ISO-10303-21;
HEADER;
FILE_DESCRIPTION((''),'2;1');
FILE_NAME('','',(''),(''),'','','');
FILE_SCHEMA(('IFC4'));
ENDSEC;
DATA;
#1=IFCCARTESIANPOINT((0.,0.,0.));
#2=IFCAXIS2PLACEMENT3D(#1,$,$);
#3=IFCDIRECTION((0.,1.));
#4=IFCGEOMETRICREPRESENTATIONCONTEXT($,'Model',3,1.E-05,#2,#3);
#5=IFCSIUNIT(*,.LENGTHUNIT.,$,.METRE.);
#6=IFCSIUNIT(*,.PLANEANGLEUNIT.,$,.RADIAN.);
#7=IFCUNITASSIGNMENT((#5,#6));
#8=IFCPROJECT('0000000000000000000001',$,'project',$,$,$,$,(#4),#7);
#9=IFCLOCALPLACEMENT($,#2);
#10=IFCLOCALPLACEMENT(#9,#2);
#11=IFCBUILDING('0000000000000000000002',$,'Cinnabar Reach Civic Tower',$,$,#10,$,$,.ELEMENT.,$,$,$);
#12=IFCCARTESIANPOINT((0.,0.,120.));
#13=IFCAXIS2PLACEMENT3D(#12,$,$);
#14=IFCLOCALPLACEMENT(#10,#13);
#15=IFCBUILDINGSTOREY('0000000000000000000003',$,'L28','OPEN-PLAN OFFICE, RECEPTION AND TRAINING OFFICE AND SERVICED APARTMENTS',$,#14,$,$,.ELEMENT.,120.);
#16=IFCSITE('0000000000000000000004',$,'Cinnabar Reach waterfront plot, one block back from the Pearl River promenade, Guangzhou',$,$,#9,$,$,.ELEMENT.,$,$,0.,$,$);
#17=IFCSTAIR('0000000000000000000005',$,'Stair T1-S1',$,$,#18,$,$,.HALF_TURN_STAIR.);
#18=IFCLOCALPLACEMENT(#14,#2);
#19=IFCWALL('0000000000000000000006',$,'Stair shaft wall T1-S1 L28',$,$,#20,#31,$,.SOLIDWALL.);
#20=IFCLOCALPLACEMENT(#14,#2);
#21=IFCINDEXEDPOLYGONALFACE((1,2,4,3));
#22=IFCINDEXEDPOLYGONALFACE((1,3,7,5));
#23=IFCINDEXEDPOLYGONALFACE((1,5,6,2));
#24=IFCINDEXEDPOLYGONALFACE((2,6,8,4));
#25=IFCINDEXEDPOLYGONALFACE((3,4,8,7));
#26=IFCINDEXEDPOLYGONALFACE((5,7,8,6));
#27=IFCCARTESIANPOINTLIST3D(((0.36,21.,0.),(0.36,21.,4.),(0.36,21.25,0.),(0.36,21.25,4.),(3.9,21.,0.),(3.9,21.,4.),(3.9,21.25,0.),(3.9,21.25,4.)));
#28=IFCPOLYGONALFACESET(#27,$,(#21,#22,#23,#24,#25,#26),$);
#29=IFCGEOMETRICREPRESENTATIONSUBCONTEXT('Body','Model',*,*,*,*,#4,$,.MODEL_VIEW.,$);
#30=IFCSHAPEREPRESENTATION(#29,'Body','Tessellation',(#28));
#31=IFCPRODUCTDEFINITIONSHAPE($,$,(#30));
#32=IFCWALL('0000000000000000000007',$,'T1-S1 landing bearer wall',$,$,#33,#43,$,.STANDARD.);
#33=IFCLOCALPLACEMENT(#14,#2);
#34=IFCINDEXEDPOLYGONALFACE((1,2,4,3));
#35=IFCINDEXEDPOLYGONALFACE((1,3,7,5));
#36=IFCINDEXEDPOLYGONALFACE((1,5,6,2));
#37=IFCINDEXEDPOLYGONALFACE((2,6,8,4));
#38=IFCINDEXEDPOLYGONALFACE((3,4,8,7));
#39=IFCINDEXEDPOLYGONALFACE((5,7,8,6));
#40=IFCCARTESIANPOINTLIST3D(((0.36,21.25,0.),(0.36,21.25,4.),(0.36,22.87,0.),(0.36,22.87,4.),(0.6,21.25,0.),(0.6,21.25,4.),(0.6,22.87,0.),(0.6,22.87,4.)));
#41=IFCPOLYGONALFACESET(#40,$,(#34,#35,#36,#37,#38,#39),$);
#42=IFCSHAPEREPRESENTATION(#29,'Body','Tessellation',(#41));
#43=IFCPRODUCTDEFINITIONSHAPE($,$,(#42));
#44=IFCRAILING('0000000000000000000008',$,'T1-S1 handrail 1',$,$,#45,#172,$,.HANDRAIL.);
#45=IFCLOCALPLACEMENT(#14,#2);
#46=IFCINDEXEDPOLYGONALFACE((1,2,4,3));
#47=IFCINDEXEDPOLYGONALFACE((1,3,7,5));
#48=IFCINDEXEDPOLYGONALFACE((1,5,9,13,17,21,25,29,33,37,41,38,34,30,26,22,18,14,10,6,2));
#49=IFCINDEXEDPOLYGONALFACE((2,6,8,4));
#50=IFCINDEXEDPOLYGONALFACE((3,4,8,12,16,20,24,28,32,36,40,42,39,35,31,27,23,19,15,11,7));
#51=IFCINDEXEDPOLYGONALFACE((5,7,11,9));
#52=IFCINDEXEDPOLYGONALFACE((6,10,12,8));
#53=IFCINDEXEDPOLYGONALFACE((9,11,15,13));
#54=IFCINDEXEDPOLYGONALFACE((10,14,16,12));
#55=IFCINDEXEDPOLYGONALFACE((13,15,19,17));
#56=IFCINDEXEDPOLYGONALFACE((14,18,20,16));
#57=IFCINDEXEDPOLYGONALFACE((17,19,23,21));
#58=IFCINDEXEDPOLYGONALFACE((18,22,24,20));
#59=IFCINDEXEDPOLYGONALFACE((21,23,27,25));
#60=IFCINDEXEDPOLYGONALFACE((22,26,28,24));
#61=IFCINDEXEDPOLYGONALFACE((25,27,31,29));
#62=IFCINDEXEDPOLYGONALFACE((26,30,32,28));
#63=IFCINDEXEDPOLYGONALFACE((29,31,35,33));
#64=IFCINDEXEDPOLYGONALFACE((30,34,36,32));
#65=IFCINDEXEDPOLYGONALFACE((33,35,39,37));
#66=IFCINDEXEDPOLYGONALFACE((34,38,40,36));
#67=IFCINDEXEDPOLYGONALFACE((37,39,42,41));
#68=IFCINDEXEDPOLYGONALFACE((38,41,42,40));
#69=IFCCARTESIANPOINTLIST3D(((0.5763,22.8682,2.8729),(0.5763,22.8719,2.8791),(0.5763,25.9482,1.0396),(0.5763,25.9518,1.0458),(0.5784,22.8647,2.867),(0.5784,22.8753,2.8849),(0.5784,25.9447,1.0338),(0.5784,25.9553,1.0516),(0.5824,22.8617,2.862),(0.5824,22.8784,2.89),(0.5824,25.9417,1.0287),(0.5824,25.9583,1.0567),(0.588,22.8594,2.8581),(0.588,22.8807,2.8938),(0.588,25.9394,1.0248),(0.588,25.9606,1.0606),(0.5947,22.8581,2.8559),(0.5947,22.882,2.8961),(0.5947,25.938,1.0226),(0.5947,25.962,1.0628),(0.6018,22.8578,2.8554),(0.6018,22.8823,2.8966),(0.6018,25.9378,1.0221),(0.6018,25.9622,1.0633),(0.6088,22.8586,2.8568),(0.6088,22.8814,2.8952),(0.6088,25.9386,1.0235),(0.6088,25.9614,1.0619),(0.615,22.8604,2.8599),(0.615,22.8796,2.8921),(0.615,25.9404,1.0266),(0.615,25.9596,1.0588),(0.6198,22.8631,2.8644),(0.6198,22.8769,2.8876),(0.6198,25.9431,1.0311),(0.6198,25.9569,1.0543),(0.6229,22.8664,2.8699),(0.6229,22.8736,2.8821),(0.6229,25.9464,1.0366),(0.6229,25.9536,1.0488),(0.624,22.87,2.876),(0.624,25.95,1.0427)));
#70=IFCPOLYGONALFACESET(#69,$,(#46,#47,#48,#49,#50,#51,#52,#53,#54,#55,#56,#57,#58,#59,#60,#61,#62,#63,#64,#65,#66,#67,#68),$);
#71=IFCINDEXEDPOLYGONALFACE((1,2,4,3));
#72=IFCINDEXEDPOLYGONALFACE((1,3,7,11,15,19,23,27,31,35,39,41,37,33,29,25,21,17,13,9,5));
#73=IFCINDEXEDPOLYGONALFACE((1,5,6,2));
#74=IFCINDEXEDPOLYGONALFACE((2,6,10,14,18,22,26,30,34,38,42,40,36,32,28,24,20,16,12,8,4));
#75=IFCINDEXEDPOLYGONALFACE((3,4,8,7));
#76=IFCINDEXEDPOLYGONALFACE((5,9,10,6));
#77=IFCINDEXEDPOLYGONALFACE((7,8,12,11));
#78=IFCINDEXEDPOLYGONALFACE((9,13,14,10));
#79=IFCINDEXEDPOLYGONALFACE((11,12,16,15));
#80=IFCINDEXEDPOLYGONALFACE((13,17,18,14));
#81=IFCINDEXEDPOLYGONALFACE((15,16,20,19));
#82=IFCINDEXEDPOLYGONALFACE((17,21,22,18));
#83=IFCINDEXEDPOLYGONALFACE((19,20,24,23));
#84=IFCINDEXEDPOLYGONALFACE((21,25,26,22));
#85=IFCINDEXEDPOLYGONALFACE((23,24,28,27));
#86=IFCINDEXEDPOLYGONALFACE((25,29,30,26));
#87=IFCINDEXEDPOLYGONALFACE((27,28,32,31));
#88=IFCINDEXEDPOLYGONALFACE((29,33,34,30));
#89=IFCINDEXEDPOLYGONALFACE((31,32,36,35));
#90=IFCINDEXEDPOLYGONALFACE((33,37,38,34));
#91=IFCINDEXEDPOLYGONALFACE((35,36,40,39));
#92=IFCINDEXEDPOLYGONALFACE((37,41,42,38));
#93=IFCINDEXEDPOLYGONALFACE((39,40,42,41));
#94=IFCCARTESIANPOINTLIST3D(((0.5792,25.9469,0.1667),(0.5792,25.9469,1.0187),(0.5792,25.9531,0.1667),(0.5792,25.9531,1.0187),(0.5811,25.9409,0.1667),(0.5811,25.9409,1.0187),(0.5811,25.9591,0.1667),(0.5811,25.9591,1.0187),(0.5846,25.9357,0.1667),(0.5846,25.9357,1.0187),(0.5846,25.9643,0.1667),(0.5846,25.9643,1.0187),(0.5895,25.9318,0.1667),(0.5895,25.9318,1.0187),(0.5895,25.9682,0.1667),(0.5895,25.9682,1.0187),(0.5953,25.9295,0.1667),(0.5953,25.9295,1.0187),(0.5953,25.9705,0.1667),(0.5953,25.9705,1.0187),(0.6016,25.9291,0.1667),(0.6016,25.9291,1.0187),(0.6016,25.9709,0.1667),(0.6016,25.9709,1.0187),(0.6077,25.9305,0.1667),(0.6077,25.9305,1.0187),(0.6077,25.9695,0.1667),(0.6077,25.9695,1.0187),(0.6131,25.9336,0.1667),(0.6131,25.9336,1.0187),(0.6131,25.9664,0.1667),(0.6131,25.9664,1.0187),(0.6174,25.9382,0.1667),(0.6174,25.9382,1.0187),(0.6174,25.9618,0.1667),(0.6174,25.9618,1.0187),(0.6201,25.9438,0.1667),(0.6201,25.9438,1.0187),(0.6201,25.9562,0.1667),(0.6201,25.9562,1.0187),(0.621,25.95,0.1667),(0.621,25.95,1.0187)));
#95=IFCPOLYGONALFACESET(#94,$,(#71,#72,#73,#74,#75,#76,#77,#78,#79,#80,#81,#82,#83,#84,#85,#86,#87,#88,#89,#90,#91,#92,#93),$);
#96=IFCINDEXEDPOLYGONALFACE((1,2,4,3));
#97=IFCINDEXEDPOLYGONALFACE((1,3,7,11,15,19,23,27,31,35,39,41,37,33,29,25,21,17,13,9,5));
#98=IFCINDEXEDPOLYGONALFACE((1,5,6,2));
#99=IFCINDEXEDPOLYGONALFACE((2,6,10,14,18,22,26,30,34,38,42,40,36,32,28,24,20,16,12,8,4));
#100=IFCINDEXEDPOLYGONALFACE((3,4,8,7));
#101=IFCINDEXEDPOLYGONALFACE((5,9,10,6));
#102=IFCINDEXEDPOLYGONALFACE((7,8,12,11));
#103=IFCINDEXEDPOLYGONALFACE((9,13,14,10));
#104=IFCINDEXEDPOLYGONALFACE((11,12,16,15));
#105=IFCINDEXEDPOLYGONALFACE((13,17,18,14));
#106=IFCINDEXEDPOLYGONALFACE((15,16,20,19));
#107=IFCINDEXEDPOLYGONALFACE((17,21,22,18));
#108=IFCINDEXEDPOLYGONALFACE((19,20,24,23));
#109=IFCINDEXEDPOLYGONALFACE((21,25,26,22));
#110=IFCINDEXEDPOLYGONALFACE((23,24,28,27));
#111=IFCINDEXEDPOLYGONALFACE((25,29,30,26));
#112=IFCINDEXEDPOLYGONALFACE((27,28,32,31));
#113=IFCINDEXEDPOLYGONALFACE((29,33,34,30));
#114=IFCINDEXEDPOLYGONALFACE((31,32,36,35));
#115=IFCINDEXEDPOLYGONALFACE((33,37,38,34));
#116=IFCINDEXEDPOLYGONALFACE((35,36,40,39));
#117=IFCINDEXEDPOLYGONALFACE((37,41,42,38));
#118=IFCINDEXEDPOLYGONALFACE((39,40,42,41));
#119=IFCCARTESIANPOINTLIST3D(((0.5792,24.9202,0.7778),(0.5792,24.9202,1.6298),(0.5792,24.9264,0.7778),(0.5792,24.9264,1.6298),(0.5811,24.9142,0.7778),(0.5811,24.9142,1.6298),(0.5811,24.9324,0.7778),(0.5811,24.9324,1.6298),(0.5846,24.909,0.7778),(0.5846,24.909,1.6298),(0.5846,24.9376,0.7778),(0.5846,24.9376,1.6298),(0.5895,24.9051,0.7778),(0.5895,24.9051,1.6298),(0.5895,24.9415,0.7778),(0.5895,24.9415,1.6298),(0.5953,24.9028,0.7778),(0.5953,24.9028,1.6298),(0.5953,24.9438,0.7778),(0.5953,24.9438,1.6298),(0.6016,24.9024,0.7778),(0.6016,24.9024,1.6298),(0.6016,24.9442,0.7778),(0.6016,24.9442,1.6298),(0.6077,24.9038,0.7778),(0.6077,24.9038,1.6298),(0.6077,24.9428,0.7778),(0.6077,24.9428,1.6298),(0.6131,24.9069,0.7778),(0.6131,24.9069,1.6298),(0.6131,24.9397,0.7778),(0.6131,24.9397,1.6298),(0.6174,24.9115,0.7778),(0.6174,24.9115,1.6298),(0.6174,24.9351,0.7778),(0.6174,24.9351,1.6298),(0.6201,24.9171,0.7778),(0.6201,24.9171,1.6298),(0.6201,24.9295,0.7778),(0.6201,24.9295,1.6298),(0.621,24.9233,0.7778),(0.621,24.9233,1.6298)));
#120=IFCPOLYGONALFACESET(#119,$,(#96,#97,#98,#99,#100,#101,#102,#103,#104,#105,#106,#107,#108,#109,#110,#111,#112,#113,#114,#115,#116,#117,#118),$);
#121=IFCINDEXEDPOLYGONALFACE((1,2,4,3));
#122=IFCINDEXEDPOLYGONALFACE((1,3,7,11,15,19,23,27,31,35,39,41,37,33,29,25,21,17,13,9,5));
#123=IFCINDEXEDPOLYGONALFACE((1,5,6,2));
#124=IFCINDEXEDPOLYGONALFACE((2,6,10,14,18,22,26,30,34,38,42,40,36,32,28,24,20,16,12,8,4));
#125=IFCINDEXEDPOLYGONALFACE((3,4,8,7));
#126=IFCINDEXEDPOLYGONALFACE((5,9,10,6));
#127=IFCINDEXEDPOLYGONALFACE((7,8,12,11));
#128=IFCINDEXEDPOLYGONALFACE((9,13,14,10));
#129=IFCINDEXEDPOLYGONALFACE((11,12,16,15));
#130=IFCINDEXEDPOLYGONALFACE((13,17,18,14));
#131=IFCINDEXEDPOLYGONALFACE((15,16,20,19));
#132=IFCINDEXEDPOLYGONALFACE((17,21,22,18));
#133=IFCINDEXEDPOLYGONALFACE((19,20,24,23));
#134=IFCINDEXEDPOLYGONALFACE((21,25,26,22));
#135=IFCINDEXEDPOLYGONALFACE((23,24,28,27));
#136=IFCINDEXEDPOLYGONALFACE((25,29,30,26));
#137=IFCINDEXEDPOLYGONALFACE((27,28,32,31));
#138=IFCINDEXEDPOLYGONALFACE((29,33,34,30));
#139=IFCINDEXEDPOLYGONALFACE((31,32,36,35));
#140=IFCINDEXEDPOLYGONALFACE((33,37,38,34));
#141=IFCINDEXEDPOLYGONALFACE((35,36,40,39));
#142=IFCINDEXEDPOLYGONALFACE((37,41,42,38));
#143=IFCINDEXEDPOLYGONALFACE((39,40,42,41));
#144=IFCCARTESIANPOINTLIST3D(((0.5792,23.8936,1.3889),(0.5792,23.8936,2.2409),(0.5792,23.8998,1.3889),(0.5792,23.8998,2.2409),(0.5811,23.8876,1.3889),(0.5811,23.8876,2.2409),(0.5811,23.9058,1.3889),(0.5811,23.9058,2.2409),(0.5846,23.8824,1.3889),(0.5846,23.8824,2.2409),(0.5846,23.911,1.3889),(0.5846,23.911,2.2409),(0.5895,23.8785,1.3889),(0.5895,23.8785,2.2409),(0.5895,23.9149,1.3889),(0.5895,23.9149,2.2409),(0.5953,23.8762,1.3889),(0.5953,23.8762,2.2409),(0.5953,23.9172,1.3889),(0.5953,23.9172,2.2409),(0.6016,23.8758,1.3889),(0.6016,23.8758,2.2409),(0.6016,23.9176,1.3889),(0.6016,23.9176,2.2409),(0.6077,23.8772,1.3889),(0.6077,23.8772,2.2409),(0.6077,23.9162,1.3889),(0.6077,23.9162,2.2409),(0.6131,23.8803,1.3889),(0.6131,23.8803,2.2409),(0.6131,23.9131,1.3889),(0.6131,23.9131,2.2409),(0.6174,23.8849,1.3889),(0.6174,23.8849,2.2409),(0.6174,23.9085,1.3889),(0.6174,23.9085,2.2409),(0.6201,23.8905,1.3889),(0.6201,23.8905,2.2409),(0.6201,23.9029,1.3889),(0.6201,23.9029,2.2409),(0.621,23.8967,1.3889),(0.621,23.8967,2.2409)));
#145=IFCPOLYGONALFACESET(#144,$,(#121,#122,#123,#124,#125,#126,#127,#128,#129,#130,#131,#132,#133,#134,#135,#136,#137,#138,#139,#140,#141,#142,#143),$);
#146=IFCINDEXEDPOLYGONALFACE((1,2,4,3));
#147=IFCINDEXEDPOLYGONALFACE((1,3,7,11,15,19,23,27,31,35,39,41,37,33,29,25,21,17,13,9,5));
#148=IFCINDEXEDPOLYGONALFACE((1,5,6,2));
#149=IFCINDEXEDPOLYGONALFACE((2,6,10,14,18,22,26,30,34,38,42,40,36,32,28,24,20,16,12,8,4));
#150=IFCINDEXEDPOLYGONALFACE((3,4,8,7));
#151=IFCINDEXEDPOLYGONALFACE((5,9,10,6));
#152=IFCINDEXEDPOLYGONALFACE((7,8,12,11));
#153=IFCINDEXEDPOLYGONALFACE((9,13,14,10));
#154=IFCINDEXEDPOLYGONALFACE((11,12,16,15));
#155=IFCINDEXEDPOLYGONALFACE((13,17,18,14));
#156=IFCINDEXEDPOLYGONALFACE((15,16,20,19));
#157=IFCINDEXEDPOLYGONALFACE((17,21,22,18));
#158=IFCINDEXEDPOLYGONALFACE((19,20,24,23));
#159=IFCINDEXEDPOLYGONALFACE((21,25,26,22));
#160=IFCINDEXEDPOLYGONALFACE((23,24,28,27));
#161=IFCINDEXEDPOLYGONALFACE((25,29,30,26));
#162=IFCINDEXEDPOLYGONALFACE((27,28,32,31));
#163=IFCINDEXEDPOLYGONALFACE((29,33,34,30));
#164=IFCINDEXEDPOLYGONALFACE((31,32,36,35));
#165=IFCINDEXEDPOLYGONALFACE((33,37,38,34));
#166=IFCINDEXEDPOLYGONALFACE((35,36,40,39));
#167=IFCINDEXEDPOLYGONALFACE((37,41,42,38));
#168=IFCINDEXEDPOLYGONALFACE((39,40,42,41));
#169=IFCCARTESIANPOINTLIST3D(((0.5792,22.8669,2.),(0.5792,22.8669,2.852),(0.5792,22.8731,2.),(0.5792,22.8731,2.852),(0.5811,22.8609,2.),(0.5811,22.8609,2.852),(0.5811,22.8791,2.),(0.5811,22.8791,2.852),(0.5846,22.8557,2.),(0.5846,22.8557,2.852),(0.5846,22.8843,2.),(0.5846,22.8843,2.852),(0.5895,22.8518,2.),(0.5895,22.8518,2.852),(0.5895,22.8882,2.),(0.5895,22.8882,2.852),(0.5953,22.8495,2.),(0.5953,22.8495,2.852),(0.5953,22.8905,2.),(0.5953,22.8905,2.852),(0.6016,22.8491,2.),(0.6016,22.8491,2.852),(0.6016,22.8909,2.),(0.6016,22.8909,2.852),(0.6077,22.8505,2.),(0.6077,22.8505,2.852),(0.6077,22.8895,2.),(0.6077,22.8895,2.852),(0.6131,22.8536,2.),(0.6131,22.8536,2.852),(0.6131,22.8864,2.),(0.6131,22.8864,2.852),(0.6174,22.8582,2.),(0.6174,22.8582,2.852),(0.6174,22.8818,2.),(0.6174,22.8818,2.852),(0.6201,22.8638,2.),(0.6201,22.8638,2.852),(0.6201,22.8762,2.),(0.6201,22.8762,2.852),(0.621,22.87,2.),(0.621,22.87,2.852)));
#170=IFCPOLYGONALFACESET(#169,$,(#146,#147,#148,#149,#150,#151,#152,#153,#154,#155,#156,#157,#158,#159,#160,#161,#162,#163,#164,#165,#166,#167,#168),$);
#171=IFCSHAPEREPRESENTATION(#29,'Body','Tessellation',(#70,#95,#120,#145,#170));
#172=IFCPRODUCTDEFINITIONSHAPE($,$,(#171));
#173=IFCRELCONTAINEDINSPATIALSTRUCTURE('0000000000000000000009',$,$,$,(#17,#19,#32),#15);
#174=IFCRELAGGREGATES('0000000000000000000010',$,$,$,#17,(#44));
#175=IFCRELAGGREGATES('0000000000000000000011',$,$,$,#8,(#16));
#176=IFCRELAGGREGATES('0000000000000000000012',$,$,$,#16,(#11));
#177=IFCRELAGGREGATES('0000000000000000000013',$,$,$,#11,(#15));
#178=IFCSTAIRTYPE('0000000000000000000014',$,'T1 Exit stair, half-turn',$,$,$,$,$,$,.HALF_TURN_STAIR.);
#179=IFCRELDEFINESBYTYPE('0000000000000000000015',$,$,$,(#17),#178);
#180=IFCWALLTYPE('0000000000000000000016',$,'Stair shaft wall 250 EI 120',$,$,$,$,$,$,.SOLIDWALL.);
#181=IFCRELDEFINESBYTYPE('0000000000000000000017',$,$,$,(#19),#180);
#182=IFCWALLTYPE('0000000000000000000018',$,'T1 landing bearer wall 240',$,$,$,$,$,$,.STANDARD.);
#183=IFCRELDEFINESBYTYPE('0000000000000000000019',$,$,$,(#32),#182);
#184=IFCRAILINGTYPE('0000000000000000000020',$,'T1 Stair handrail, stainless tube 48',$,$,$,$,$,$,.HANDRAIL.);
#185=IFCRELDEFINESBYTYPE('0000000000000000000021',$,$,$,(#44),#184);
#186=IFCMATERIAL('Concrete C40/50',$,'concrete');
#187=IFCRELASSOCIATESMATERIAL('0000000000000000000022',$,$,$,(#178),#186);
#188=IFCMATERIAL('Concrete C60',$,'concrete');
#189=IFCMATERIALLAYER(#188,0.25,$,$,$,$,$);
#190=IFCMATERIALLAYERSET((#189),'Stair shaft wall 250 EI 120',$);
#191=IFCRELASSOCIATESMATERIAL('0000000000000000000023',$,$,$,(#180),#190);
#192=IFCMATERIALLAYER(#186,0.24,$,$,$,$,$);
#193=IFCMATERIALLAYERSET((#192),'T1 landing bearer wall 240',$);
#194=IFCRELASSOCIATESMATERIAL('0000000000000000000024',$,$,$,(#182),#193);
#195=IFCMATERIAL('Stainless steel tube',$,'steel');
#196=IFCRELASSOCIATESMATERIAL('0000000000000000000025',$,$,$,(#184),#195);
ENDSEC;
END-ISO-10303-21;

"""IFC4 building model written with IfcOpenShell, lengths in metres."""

from ifc_helpers import new_model, si_unit, direction, frame, frame_2d, origin, origin_2d, place, context, subcontext, project, spatial, rectangle, circle, extrude, material, layer, layer_set, type_object, element, aggregate, save


model = new_model("IFC4")

# Units and contexts
model_context = context("Model", 3, precision=1e-05, world=origin(), true_north=direction((0.0, 1.0)))
body_context = subcontext(model_context, "Body", "Model", "MODEL_VIEW")
ifc_project = project(units=[si_unit("LENGTHUNIT", "METRE"), si_unit("PLANEANGLEUNIT", "RADIAN")], contexts=[model_context])

# Site, building, storey
site_placement = place(None, origin())
site = spatial("IfcSite", under=ifc_project, at=site_placement, Name="Cinnabar Reach waterfront plot, one block back from the Pearl River promenade, Guangzhou", CompositionType="ELEMENT", RefElevation=0.0)
building_placement = place(site_placement, origin())
building = spatial("IfcBuilding", under=site, at=building_placement, Name="Cinnabar Reach Civic Tower", CompositionType="ELEMENT")
storey_placement = place(building_placement, frame((0.0, 0.0, 120.0)))
storey = spatial("IfcBuildingStorey", under=building, at=storey_placement, Name="L28", Description="OPEN-PLAN OFFICE, RECEPTION AND TRAINING OFFICE AND SERVICED APARTMENTS", CompositionType="ELEMENT", Elevation=120.0)

# Stair
ifc_material_1 = material(Name="Concrete C40/50", Category="concrete")
stair_type_1 = type_object("IfcStairType", Name="T1 Exit stair, half-turn", PredefinedType="HALF_TURN_STAIR", material=ifc_material_1)
stair_1_placement = place(storey_placement, origin())
stair_1 = element("IfcStair", 1, at=stair_1_placement, inside=storey, type_object=stair_type_1, Name="Stair T1-S1", PredefinedType="HALF_TURN_STAIR")

# Walls
ifc_material_2 = material(Name="Concrete C60", Category="concrete")
ifc_layer_1 = layer(ifc_material_2, 0.25)
ifc_layer_set_1 = layer_set([ifc_layer_1], Name="Stair shaft wall 250 EI 120")
wall_type_1 = type_object("IfcWallType", Name="Stair shaft wall 250 EI 120", PredefinedType="SOLIDWALL", material=ifc_layer_set_1)
wall_1_placement = place(storey_placement, frame((0.36, 21.125, 0.0), z_axis=(0.0, 0.0, 1.0), x_axis=(1.0, 0.0, 0.0)))
element("IfcWall", 2, at=wall_1_placement, inside=storey, type_object=wall_type_1, Name="Stair shaft wall T1-S1 L28", PredefinedType="SOLIDWALL", context=body_context, shape_type="SweptSolid", body=[
    extrude(rectangle(XDim=3.54, YDim=0.25, at=frame_2d((1.77, 0.0))), origin(), (0.0, 0.0, 1.0), 4.0),
])
ifc_layer_2 = layer(ifc_material_1, 0.24)
ifc_layer_set_2 = layer_set([ifc_layer_2], Name="T1 landing bearer wall 240")
wall_type_2 = type_object("IfcWallType", Name="T1 landing bearer wall 240", PredefinedType="STANDARD", material=ifc_layer_set_2)
wall_2_placement = place(storey_placement, frame((0.48, 21.25, 0.0), z_axis=(0.0, 0.0, 1.0), x_axis=(0.0, 1.0, 0.0)))
element("IfcWall", 3, at=wall_2_placement, inside=storey, type_object=wall_type_2, Name="T1-S1 landing bearer wall", PredefinedType="STANDARD", context=body_context, shape_type="SweptSolid", body=[
    extrude(rectangle(XDim=1.62, YDim=0.24, at=frame_2d((0.81, 0.0))), origin(), (0.0, 0.0, 1.0), 4.0),
])

# Railing
ifc_material_3 = material(Name="Stainless steel tube", Category="steel")
railing_type_1 = type_object("IfcRailingType", Name="T1 Stair handrail, stainless tube 48", PredefinedType="HANDRAIL", material=ifc_material_3)
railing_placement = place(storey_placement, frame((0.6, 25.95, 0.1667)))
railing = element("IfcRailing", 4, at=railing_placement, type_object=railing_type_1, Name="T1-S1 handrail 1", PredefinedType="HANDRAIL", context=body_context, shape_type="SweptSolid", body=[
    extrude(circle(Radius=0.024, at=origin_2d()), frame((0.0, 0.0, 0.876), z_axis=(0.0, -0.859297, 0.511477), x_axis=(1.0, 0.0, 0.0)), (0.0, 0.0, 1.0), 3.5843),
    extrude(circle(Radius=0.021, at=origin_2d()), origin(), (0.0, 0.0, 1.0), 0.852),
    extrude(circle(Radius=0.021, at=origin_2d()), frame((0.0, -1.0267, 0.6111)), (0.0, 0.0, 1.0), 0.852),
    extrude(circle(Radius=0.021, at=origin_2d()), frame((0.0, -2.0533, 1.2222)), (0.0, 0.0, 1.0), 0.852),
    extrude(circle(Radius=0.021, at=origin_2d()), frame((0.0, -3.08, 1.8333)), (0.0, 0.0, 1.0), 0.852),
])
aggregate(stair_1, [railing])

save(model, "model.ifc")
